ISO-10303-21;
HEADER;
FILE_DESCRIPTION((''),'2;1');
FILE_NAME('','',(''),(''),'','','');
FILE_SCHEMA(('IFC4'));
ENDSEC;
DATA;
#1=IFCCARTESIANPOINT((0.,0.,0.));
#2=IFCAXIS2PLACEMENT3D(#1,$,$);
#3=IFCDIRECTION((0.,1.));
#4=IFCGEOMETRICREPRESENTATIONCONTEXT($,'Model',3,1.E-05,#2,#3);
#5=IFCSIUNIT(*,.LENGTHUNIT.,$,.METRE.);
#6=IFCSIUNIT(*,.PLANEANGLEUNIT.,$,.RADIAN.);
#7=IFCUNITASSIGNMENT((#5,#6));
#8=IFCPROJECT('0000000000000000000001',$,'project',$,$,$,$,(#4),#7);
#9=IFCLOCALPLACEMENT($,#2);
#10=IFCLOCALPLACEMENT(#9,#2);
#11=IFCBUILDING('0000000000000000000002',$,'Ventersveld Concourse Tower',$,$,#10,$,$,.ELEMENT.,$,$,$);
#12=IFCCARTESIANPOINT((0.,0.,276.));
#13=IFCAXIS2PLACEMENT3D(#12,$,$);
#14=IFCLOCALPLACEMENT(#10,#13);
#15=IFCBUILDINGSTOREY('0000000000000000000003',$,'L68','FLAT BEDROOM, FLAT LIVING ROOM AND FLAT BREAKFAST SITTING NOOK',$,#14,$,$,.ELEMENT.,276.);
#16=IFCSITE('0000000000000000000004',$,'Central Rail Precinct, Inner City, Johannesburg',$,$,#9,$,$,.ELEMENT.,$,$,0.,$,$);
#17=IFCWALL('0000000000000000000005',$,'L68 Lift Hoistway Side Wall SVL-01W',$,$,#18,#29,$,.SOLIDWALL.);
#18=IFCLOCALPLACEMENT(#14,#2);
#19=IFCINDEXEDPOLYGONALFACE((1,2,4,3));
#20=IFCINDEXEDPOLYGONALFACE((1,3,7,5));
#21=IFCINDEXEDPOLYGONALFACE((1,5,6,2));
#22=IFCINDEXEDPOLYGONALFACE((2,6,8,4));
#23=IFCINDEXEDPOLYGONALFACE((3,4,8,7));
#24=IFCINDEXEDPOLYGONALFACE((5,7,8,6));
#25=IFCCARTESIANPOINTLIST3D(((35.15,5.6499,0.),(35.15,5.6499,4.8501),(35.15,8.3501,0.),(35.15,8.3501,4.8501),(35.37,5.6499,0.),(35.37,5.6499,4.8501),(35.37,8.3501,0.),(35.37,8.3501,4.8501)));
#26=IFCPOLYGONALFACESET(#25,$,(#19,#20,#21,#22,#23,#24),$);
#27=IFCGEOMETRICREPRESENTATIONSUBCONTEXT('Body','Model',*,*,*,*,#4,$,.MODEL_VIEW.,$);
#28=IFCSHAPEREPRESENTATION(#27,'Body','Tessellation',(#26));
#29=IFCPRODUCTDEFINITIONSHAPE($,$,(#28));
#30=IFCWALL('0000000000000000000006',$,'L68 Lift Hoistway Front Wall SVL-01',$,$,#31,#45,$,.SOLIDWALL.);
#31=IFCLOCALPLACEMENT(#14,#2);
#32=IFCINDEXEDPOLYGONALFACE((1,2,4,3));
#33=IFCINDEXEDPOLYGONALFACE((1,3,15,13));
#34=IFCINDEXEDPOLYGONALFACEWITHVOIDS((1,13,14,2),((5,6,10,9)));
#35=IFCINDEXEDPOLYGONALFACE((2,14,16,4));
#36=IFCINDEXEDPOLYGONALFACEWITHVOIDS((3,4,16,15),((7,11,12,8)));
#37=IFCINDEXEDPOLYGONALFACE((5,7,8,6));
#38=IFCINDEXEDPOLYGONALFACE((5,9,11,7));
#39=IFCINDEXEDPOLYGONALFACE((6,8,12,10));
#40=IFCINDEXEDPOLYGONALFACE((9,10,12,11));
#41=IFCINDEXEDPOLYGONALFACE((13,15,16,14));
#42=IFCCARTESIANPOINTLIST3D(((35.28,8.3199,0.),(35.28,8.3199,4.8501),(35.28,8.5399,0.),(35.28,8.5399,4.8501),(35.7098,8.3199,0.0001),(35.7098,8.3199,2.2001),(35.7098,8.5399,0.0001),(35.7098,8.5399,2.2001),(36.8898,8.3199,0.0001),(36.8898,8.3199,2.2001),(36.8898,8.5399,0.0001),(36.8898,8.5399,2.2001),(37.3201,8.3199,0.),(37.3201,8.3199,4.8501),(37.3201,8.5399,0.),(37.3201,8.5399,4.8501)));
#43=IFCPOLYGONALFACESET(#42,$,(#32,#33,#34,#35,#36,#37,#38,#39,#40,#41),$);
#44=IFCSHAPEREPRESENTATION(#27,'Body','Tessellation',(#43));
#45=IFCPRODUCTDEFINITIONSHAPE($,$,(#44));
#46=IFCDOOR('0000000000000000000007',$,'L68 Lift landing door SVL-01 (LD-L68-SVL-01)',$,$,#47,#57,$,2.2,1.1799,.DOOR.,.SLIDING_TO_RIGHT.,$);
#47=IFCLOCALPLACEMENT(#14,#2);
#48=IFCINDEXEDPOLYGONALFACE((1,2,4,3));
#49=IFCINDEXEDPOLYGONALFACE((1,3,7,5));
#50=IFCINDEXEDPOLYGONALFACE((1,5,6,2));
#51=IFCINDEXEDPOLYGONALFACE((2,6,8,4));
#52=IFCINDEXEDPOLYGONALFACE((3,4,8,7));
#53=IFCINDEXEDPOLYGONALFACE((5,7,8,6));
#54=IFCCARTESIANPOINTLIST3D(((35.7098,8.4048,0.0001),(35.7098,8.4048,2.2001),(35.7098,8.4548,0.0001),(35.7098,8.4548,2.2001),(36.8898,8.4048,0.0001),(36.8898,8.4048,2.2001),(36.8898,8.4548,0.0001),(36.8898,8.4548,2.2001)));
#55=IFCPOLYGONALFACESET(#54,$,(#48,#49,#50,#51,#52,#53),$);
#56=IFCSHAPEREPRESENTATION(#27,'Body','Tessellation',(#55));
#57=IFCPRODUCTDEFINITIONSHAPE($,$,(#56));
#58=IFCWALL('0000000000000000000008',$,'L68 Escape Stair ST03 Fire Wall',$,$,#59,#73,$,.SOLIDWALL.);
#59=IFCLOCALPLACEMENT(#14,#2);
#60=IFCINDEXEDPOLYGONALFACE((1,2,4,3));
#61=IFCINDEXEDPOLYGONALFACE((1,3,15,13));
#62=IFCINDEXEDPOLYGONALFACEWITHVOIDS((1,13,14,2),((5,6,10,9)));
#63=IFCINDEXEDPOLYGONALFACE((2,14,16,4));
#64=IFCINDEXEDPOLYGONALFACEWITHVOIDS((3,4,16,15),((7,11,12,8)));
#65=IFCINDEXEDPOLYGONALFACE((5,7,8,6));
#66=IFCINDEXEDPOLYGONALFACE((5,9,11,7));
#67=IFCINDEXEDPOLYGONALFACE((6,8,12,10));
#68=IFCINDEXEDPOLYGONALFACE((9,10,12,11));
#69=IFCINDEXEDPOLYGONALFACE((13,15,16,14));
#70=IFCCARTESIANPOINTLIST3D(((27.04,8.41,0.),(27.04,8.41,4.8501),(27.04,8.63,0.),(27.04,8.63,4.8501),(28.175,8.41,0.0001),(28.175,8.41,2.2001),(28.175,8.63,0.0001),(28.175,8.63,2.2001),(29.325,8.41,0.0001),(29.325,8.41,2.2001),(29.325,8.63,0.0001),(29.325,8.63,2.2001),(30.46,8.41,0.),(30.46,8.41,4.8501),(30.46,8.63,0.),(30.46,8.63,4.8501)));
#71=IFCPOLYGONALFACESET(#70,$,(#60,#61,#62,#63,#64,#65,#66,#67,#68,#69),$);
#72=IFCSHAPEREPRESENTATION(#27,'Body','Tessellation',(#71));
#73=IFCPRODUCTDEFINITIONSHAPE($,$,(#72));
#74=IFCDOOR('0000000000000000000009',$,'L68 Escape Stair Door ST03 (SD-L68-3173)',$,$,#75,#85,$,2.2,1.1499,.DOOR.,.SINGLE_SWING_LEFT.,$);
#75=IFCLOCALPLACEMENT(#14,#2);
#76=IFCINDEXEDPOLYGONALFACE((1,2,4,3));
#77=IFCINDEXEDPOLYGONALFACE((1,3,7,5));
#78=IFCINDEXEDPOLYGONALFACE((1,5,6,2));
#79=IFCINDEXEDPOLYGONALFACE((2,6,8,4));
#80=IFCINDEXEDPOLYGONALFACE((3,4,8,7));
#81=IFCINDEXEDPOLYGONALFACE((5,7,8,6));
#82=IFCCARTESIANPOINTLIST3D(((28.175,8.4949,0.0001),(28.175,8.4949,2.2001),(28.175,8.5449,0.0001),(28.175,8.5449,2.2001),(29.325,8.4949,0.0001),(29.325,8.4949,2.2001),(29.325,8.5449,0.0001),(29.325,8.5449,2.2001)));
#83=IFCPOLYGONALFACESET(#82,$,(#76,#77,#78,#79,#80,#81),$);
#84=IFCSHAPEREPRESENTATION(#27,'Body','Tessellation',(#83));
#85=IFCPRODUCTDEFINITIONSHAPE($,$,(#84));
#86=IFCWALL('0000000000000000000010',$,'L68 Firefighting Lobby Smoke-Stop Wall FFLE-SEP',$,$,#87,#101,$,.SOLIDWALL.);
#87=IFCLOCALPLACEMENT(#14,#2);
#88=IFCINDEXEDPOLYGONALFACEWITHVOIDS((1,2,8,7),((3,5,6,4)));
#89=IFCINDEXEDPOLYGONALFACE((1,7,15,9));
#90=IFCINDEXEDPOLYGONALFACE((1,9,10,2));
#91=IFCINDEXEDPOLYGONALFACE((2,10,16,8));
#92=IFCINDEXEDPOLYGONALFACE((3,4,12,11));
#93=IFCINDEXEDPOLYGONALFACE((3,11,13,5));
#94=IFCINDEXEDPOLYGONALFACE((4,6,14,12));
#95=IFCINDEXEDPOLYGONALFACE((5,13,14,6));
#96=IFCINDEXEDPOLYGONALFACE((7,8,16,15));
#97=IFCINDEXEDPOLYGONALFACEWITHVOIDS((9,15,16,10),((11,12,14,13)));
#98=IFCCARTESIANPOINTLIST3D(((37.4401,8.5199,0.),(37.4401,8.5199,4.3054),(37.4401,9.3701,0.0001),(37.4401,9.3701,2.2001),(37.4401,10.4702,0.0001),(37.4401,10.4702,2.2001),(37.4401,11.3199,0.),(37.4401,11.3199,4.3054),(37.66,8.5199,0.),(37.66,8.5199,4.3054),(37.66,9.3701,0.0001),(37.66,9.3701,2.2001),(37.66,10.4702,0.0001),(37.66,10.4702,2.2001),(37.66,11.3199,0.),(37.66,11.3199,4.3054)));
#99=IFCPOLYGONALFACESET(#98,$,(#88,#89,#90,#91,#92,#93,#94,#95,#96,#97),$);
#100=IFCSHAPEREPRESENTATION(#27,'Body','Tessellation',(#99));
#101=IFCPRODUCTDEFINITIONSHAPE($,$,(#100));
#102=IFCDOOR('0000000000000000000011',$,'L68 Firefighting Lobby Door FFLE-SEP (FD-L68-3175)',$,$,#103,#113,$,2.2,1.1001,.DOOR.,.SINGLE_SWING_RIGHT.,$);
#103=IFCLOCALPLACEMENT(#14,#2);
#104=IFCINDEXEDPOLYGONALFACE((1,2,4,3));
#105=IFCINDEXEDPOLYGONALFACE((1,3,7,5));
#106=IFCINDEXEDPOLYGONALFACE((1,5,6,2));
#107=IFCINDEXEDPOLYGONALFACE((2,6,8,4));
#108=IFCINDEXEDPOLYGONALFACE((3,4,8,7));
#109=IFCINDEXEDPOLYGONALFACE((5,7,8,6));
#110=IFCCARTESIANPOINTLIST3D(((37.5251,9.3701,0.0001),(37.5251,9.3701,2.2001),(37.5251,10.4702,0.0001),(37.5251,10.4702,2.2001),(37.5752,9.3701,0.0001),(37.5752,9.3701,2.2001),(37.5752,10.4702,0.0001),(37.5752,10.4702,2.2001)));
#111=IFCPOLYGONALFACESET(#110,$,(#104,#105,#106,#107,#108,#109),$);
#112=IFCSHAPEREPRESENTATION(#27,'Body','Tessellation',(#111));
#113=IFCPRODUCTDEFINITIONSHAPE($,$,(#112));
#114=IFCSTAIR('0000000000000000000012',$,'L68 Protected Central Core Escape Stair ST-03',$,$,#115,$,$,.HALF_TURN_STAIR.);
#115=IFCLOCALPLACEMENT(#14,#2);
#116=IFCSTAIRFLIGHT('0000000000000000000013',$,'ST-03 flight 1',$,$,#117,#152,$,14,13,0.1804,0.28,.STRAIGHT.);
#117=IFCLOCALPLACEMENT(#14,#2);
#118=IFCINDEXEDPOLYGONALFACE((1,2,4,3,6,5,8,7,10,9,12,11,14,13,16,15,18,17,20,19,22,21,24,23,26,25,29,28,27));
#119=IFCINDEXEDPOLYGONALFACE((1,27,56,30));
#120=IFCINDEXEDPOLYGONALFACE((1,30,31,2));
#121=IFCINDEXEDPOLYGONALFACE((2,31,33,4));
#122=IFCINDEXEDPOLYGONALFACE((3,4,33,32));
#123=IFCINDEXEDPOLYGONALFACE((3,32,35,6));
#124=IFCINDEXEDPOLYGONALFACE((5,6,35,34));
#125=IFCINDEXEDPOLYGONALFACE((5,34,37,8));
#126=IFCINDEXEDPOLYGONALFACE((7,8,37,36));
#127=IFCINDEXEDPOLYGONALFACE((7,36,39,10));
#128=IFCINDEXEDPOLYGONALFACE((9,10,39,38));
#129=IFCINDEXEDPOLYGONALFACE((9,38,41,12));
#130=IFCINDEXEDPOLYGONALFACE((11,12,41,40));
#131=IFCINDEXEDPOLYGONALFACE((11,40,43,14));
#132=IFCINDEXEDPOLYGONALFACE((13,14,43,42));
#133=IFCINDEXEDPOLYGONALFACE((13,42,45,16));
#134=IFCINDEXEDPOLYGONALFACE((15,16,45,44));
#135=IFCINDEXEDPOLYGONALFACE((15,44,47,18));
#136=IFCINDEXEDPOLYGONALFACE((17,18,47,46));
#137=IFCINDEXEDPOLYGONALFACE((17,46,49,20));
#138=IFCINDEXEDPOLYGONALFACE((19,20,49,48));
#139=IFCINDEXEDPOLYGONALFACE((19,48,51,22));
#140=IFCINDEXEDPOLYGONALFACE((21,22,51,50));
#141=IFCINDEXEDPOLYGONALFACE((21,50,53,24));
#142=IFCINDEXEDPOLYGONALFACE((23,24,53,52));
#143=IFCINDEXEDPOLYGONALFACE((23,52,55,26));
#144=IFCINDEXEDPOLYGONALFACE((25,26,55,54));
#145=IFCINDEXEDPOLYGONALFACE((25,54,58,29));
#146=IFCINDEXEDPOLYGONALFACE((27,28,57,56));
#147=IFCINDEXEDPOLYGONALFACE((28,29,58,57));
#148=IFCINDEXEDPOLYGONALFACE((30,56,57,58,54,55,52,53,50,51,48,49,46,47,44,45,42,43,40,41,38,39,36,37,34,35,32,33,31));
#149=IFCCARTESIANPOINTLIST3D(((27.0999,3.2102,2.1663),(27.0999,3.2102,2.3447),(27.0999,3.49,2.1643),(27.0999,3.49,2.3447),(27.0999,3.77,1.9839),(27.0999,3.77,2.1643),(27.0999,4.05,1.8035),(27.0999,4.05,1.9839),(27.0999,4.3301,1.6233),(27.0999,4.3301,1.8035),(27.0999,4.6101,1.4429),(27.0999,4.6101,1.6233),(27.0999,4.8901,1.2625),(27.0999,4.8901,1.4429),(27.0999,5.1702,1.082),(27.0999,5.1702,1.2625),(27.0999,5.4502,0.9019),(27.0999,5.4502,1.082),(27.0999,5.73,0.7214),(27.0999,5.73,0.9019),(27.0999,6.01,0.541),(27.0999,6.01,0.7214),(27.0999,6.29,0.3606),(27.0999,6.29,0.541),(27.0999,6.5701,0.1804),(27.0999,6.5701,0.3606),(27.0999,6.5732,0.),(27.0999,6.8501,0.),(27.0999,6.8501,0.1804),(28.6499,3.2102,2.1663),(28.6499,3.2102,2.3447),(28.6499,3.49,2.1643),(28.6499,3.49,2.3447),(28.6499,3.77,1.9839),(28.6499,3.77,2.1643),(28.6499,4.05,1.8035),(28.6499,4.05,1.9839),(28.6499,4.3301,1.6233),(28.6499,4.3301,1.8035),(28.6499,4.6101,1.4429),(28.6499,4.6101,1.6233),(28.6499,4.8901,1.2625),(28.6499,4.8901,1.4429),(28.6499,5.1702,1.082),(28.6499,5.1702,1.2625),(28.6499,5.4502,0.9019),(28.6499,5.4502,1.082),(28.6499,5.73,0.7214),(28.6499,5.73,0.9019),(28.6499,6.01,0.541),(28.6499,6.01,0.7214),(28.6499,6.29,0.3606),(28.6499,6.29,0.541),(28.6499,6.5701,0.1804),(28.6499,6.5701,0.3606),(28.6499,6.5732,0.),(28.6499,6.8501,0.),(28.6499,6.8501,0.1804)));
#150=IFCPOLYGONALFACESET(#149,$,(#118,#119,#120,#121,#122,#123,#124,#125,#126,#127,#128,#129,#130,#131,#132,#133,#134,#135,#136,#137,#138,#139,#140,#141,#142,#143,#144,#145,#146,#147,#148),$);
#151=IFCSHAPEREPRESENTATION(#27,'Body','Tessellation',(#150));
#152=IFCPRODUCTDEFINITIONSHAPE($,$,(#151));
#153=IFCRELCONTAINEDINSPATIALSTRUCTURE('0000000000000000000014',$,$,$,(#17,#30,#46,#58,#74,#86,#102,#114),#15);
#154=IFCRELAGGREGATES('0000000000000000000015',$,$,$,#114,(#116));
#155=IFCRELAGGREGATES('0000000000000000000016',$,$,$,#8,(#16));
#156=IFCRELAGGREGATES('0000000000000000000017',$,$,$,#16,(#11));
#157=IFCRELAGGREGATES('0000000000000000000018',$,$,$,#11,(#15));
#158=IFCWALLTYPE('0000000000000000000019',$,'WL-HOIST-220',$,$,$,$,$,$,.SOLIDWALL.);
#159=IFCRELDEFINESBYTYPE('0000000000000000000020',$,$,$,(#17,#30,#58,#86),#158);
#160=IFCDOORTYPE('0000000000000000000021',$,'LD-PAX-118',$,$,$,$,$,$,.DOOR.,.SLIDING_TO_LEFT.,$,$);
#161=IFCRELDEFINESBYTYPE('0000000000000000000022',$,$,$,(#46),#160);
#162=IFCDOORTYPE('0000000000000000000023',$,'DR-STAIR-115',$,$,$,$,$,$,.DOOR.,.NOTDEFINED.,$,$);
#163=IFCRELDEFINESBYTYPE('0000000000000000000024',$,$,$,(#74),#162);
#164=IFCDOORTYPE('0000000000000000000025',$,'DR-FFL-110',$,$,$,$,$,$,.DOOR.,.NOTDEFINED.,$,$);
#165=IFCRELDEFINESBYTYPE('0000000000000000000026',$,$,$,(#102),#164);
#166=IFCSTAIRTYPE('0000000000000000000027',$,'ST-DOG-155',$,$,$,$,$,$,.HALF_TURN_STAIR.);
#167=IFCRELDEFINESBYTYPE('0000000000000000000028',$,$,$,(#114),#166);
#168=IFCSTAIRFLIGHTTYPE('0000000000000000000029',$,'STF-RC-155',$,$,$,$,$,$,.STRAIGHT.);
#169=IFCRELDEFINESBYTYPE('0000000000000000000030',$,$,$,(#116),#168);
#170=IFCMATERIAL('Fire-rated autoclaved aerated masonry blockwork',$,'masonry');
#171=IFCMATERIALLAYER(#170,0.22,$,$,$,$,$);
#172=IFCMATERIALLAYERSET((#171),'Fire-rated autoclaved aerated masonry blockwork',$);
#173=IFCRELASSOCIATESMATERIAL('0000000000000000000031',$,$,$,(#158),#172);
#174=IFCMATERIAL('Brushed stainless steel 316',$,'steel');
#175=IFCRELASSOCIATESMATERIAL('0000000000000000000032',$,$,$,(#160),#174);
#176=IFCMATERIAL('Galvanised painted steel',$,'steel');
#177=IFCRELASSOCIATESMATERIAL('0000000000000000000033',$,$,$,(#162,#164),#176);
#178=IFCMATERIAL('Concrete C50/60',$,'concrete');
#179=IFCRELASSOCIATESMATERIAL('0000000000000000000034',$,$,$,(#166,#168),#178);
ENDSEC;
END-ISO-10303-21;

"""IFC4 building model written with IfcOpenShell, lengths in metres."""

from ifc_helpers import new_model, si_unit, direction, frame, frame_2d, origin, place, context, subcontext, project, spatial, polyline, rectangle, outline, extrude, material, layer, layer_set, type_object, element, fill, aggregate, save


model = new_model("IFC4")

# Units and contexts
model_context = context("Model", 3, precision=1e-05, world=origin(), true_north=direction((0.0, 1.0)))
body_context = subcontext(model_context, "Body", "Model", "MODEL_VIEW")
ifc_project = project(units=[si_unit("LENGTHUNIT", "METRE"), si_unit("PLANEANGLEUNIT", "RADIAN")], contexts=[model_context])

# Site, building, storey
site_placement = place(None, origin())
site = spatial("IfcSite", under=ifc_project, at=site_placement, Name="Central Rail Precinct, Inner City, Johannesburg", CompositionType="ELEMENT", RefElevation=0.0)
building_placement = place(site_placement, origin())
building = spatial("IfcBuilding", under=site, at=building_placement, Name="Ventersveld Concourse Tower", CompositionType="ELEMENT")
storey_placement = place(building_placement, frame((0.0, 0.0, 276.0)))
storey = spatial("IfcBuildingStorey", under=building, at=storey_placement, Name="L68", Description="FLAT BEDROOM, FLAT LIVING ROOM AND FLAT BREAKFAST SITTING NOOK", CompositionType="ELEMENT", Elevation=276.0)

# Shared definitions
ifc_material_1 = material(Name="Concrete C50/60", Category="concrete")

# Shared definitions
ifc_material_2 = material(Name="Fire-rated autoclaved aerated masonry blockwork", Category="masonry")
ifc_layer_1 = layer(ifc_material_2, 0.22)
ifc_layer_set_1 = layer_set([ifc_layer_1], Name="Fire-rated autoclaved aerated masonry blockwork")
wall_type_1 = type_object("IfcWallType", Name="WL-HOIST-220", PredefinedType="SOLIDWALL", material=ifc_layer_set_1)

# Shared definitions
ifc_material_3 = material(Name="Brushed stainless steel 316", Category="steel")

# Wall
wall_1_placement = place(storey_placement, frame((35.26, 5.6499, 0.0), z_axis=(0.0, 0.0, 1.0), x_axis=(0.0, 1.0, 0.0)))
element("IfcWall", 1, at=wall_1_placement, inside=storey, type_object=wall_type_1, Name="L68 Lift Hoistway Side Wall SVL-01W", PredefinedType="SOLIDWALL", context=body_context, shape_type="SweptSolid", body=[
    extrude(rectangle(XDim=2.7002, YDim=0.22, at=frame_2d((1.3501, 0.0))), origin(), (0.0, 0.0, 1.0), 4.8501),
])

# Walls, openings, doors
wall_2_placement = place(storey_placement, frame((35.28, 8.4299, 0.0), z_axis=(0.0, 0.0, 1.0), x_axis=(1.0, 0.0, 0.0)))
wall_2 = element("IfcWall", 2, at=wall_2_placement, inside=storey, type_object=wall_type_1, Name="L68 Lift Hoistway Front Wall SVL-01", PredefinedType="SOLIDWALL", context=body_context, shape_type="SweptSolid", body=[
    extrude(rectangle(XDim=2.04, YDim=0.22, at=frame_2d((1.02, 0.0))), origin(), (0.0, 0.0, 1.0), 4.8501),
])
opening_1_placement = place(wall_2_placement, frame((0.4299, 0.0, 0.0)))
opening_1 = element("IfcOpeningElement", 3, at=opening_1_placement, cuts=wall_2, PredefinedType="OPENING", context=body_context, shape_type="SweptSolid", body=[
    extrude(rectangle(XDim=1.1799, YDim=2.2, at=frame_2d((0.5898, 1.1001))), frame((0.0, 0.1201, 0.0), z_axis=(0.0, -1.0, 0.0), x_axis=(1.0, 0.0, 0.0)), (0.0, 0.0, 1.0), 0.24),
])
door_type_1 = type_object("IfcDoorType", Name="LD-PAX-118", OperationType="SLIDING_TO_LEFT", PredefinedType="DOOR", material=ifc_material_3)
door_1_placement = place(opening_1_placement, origin())
door_1 = element("IfcDoor", 4, at=door_1_placement, inside=storey, type_object=door_type_1, Name="L68 Lift landing door SVL-01 (LD-L68-SVL-01)", OperationType="SLIDING_TO_RIGHT", OverallHeight=2.2, OverallWidth=1.1799, PredefinedType="DOOR", context=body_context, shape_type="SweptSolid", body=[
    extrude(rectangle(XDim=1.1799, YDim=2.2, at=frame_2d((0.5898, 1.1001))), frame((0.0, 0.0249, 0.0), z_axis=(0.0, -1.0, 0.0), x_axis=(1.0, 0.0, 0.0)), (0.0, 0.0, 1.0), 0.05),
])
fill(opening_1, door_1)
wall_3_placement = place(storey_placement, frame((27.04, 8.52, 0.0), z_axis=(0.0, 0.0, 1.0), x_axis=(1.0, 0.0, 0.0)))
wall_3 = element("IfcWall", 5, at=wall_3_placement, inside=storey, type_object=wall_type_1, Name="L68 Escape Stair ST03 Fire Wall", PredefinedType="SOLIDWALL", context=body_context, shape_type="SweptSolid", body=[
    extrude(rectangle(XDim=3.4199, YDim=0.22, at=frame_2d((1.71, 0.0))), origin(), (0.0, 0.0, 1.0), 4.8501),
])
opening_2_placement = place(wall_3_placement, frame((1.135, 0.0, 0.0)))
opening_2 = element("IfcOpeningElement", 6, at=opening_2_placement, cuts=wall_3, PredefinedType="OPENING", context=body_context, shape_type="SweptSolid", body=[
    extrude(rectangle(XDim=1.1499, YDim=2.2, at=frame_2d((0.575, 1.1001))), frame((0.0, 0.1201, 0.0), z_axis=(0.0, -1.0, 0.0), x_axis=(1.0, 0.0, 0.0)), (0.0, 0.0, 1.0), 0.24),
])
ifc_material_4 = material(Name="Galvanised painted steel", Category="steel")
door_type_2 = type_object("IfcDoorType", Name="DR-STAIR-115", OperationType="NOTDEFINED", PredefinedType="DOOR", material=ifc_material_4)
door_2_placement = place(opening_2_placement, origin())
door_2 = element("IfcDoor", 7, at=door_2_placement, inside=storey, type_object=door_type_2, Name="L68 Escape Stair Door ST03 (SD-L68-3173)", OperationType="SINGLE_SWING_LEFT", OverallHeight=2.2, OverallWidth=1.1499, PredefinedType="DOOR", context=body_context, shape_type="SweptSolid", body=[
    extrude(rectangle(XDim=1.1499, YDim=2.2, at=frame_2d((0.575, 1.1001))), frame((0.0, 0.0249, 0.0), z_axis=(0.0, -1.0, 0.0), x_axis=(1.0, 0.0, 0.0)), (0.0, 0.0, 1.0), 0.05),
])
fill(opening_2, door_2)
wall_4_placement = place(storey_placement, frame((37.55, 8.52, 0.0), z_axis=(0.0, 0.0, 1.0), x_axis=(0.0, 1.0, 0.0)))
wall_4 = element("IfcWall", 8, at=wall_4_placement, inside=storey, type_object=wall_type_1, Name="L68 Firefighting Lobby Smoke-Stop Wall FFLE-SEP", PredefinedType="SOLIDWALL", context=body_context, shape_type="SweptSolid", body=[
    extrude(rectangle(XDim=2.8, YDim=0.22, at=frame_2d((1.3999, 0.0))), origin(), (0.0, 0.0, 1.0), 4.3054),
])
opening_3_placement = place(wall_4_placement, frame((0.8501, 0.0, 0.0)))
opening_3 = element("IfcOpeningElement", 9, at=opening_3_placement, cuts=wall_4, PredefinedType="OPENING", context=body_context, shape_type="SweptSolid", body=[
    extrude(rectangle(XDim=1.1001, YDim=2.2, at=frame_2d((0.55, 1.1001))), frame((0.0, 0.1201, 0.0), z_axis=(0.0, -1.0, 0.0), x_axis=(1.0, 0.0, 0.0)), (0.0, 0.0, 1.0), 0.24),
])
door_type_3 = type_object("IfcDoorType", Name="DR-FFL-110", OperationType="NOTDEFINED", PredefinedType="DOOR", material=ifc_material_4)
door_3_placement = place(opening_3_placement, origin())
door_3 = element("IfcDoor", 10, at=door_3_placement, inside=storey, type_object=door_type_3, Name="L68 Firefighting Lobby Door FFLE-SEP (FD-L68-3175)", OperationType="SINGLE_SWING_RIGHT", OverallHeight=2.2, OverallWidth=1.1001, PredefinedType="DOOR", context=body_context, shape_type="SweptSolid", body=[
    extrude(rectangle(XDim=1.1001, YDim=2.2, at=frame_2d((0.55, 1.1001))), frame((0.0, 0.0249, 0.0), z_axis=(0.0, -1.0, 0.0), x_axis=(1.0, 0.0, 0.0)), (0.0, 0.0, 1.0), 0.05),
])
fill(opening_3, door_3)

# Stair, stair flight
stair_type = type_object("IfcStairType", Name="ST-DOG-155", PredefinedType="HALF_TURN_STAIR", material=ifc_material_1)
stair_placement = place(storey_placement, origin())
stair = element("IfcStair", 11, at=stair_placement, inside=storey, type_object=stair_type, Name="L68 Protected Central Core Escape Stair ST-03", PredefinedType="HALF_TURN_STAIR")
stair_flight_type = type_object("IfcStairFlightType", Name="STF-RC-155", PredefinedType="STRAIGHT", material=ifc_material_1)
stair_flight_placement = place(storey_placement, frame((27.875, 6.8501, 0.0), z_axis=(0.0, 0.0, 1.0), x_axis=(0.0, -1.0, 0.0)))
stair_flight = element("IfcStairFlight", 12, at=stair_flight_placement, type_object=stair_flight_type, Name="ST-03 flight 1", NumberOfRisers=14, NumberOfTreads=13, PredefinedType="STRAIGHT", RiserHeight=0.1804, TreadLength=0.28, context=body_context, shape_type="SweptSolid", body=[
    extrude(outline(polyline([(0.0, 0.0), (0.0, 0.1804), (0.28, 0.1804), (0.28, 0.3606), (0.5601, 0.3606), (0.5601, 0.541), (0.8401, 0.541), (0.8401, 0.7214), (1.1201, 0.7214), (1.1201, 0.9019), (1.3999, 0.9019), (1.3999, 1.082), (1.6799, 1.082), (1.6799, 1.2625), (1.96, 1.2625), (1.96, 1.4429), (2.24, 1.4429), (2.24, 1.6233), (2.52, 1.6233), (2.52, 1.8035), (2.8, 1.8035), (2.8, 1.9839), (3.0801, 1.9839), (3.0801, 2.1643), (3.3601, 2.1643), (3.3601, 2.3447), (3.6399, 2.3447), (3.6399, 2.5249), (3.6399, 2.1663), (0.2769, 0.0), (0.0, 0.0)])), frame((0.0, 0.7749, 0.0), z_axis=(0.0, -1.0, 0.0), x_axis=(1.0, 0.0, 0.0)), (0.0, 0.0, 1.0), 1.55),
])
aggregate(stair, [stair_flight])

save(model, "model.ifc")
